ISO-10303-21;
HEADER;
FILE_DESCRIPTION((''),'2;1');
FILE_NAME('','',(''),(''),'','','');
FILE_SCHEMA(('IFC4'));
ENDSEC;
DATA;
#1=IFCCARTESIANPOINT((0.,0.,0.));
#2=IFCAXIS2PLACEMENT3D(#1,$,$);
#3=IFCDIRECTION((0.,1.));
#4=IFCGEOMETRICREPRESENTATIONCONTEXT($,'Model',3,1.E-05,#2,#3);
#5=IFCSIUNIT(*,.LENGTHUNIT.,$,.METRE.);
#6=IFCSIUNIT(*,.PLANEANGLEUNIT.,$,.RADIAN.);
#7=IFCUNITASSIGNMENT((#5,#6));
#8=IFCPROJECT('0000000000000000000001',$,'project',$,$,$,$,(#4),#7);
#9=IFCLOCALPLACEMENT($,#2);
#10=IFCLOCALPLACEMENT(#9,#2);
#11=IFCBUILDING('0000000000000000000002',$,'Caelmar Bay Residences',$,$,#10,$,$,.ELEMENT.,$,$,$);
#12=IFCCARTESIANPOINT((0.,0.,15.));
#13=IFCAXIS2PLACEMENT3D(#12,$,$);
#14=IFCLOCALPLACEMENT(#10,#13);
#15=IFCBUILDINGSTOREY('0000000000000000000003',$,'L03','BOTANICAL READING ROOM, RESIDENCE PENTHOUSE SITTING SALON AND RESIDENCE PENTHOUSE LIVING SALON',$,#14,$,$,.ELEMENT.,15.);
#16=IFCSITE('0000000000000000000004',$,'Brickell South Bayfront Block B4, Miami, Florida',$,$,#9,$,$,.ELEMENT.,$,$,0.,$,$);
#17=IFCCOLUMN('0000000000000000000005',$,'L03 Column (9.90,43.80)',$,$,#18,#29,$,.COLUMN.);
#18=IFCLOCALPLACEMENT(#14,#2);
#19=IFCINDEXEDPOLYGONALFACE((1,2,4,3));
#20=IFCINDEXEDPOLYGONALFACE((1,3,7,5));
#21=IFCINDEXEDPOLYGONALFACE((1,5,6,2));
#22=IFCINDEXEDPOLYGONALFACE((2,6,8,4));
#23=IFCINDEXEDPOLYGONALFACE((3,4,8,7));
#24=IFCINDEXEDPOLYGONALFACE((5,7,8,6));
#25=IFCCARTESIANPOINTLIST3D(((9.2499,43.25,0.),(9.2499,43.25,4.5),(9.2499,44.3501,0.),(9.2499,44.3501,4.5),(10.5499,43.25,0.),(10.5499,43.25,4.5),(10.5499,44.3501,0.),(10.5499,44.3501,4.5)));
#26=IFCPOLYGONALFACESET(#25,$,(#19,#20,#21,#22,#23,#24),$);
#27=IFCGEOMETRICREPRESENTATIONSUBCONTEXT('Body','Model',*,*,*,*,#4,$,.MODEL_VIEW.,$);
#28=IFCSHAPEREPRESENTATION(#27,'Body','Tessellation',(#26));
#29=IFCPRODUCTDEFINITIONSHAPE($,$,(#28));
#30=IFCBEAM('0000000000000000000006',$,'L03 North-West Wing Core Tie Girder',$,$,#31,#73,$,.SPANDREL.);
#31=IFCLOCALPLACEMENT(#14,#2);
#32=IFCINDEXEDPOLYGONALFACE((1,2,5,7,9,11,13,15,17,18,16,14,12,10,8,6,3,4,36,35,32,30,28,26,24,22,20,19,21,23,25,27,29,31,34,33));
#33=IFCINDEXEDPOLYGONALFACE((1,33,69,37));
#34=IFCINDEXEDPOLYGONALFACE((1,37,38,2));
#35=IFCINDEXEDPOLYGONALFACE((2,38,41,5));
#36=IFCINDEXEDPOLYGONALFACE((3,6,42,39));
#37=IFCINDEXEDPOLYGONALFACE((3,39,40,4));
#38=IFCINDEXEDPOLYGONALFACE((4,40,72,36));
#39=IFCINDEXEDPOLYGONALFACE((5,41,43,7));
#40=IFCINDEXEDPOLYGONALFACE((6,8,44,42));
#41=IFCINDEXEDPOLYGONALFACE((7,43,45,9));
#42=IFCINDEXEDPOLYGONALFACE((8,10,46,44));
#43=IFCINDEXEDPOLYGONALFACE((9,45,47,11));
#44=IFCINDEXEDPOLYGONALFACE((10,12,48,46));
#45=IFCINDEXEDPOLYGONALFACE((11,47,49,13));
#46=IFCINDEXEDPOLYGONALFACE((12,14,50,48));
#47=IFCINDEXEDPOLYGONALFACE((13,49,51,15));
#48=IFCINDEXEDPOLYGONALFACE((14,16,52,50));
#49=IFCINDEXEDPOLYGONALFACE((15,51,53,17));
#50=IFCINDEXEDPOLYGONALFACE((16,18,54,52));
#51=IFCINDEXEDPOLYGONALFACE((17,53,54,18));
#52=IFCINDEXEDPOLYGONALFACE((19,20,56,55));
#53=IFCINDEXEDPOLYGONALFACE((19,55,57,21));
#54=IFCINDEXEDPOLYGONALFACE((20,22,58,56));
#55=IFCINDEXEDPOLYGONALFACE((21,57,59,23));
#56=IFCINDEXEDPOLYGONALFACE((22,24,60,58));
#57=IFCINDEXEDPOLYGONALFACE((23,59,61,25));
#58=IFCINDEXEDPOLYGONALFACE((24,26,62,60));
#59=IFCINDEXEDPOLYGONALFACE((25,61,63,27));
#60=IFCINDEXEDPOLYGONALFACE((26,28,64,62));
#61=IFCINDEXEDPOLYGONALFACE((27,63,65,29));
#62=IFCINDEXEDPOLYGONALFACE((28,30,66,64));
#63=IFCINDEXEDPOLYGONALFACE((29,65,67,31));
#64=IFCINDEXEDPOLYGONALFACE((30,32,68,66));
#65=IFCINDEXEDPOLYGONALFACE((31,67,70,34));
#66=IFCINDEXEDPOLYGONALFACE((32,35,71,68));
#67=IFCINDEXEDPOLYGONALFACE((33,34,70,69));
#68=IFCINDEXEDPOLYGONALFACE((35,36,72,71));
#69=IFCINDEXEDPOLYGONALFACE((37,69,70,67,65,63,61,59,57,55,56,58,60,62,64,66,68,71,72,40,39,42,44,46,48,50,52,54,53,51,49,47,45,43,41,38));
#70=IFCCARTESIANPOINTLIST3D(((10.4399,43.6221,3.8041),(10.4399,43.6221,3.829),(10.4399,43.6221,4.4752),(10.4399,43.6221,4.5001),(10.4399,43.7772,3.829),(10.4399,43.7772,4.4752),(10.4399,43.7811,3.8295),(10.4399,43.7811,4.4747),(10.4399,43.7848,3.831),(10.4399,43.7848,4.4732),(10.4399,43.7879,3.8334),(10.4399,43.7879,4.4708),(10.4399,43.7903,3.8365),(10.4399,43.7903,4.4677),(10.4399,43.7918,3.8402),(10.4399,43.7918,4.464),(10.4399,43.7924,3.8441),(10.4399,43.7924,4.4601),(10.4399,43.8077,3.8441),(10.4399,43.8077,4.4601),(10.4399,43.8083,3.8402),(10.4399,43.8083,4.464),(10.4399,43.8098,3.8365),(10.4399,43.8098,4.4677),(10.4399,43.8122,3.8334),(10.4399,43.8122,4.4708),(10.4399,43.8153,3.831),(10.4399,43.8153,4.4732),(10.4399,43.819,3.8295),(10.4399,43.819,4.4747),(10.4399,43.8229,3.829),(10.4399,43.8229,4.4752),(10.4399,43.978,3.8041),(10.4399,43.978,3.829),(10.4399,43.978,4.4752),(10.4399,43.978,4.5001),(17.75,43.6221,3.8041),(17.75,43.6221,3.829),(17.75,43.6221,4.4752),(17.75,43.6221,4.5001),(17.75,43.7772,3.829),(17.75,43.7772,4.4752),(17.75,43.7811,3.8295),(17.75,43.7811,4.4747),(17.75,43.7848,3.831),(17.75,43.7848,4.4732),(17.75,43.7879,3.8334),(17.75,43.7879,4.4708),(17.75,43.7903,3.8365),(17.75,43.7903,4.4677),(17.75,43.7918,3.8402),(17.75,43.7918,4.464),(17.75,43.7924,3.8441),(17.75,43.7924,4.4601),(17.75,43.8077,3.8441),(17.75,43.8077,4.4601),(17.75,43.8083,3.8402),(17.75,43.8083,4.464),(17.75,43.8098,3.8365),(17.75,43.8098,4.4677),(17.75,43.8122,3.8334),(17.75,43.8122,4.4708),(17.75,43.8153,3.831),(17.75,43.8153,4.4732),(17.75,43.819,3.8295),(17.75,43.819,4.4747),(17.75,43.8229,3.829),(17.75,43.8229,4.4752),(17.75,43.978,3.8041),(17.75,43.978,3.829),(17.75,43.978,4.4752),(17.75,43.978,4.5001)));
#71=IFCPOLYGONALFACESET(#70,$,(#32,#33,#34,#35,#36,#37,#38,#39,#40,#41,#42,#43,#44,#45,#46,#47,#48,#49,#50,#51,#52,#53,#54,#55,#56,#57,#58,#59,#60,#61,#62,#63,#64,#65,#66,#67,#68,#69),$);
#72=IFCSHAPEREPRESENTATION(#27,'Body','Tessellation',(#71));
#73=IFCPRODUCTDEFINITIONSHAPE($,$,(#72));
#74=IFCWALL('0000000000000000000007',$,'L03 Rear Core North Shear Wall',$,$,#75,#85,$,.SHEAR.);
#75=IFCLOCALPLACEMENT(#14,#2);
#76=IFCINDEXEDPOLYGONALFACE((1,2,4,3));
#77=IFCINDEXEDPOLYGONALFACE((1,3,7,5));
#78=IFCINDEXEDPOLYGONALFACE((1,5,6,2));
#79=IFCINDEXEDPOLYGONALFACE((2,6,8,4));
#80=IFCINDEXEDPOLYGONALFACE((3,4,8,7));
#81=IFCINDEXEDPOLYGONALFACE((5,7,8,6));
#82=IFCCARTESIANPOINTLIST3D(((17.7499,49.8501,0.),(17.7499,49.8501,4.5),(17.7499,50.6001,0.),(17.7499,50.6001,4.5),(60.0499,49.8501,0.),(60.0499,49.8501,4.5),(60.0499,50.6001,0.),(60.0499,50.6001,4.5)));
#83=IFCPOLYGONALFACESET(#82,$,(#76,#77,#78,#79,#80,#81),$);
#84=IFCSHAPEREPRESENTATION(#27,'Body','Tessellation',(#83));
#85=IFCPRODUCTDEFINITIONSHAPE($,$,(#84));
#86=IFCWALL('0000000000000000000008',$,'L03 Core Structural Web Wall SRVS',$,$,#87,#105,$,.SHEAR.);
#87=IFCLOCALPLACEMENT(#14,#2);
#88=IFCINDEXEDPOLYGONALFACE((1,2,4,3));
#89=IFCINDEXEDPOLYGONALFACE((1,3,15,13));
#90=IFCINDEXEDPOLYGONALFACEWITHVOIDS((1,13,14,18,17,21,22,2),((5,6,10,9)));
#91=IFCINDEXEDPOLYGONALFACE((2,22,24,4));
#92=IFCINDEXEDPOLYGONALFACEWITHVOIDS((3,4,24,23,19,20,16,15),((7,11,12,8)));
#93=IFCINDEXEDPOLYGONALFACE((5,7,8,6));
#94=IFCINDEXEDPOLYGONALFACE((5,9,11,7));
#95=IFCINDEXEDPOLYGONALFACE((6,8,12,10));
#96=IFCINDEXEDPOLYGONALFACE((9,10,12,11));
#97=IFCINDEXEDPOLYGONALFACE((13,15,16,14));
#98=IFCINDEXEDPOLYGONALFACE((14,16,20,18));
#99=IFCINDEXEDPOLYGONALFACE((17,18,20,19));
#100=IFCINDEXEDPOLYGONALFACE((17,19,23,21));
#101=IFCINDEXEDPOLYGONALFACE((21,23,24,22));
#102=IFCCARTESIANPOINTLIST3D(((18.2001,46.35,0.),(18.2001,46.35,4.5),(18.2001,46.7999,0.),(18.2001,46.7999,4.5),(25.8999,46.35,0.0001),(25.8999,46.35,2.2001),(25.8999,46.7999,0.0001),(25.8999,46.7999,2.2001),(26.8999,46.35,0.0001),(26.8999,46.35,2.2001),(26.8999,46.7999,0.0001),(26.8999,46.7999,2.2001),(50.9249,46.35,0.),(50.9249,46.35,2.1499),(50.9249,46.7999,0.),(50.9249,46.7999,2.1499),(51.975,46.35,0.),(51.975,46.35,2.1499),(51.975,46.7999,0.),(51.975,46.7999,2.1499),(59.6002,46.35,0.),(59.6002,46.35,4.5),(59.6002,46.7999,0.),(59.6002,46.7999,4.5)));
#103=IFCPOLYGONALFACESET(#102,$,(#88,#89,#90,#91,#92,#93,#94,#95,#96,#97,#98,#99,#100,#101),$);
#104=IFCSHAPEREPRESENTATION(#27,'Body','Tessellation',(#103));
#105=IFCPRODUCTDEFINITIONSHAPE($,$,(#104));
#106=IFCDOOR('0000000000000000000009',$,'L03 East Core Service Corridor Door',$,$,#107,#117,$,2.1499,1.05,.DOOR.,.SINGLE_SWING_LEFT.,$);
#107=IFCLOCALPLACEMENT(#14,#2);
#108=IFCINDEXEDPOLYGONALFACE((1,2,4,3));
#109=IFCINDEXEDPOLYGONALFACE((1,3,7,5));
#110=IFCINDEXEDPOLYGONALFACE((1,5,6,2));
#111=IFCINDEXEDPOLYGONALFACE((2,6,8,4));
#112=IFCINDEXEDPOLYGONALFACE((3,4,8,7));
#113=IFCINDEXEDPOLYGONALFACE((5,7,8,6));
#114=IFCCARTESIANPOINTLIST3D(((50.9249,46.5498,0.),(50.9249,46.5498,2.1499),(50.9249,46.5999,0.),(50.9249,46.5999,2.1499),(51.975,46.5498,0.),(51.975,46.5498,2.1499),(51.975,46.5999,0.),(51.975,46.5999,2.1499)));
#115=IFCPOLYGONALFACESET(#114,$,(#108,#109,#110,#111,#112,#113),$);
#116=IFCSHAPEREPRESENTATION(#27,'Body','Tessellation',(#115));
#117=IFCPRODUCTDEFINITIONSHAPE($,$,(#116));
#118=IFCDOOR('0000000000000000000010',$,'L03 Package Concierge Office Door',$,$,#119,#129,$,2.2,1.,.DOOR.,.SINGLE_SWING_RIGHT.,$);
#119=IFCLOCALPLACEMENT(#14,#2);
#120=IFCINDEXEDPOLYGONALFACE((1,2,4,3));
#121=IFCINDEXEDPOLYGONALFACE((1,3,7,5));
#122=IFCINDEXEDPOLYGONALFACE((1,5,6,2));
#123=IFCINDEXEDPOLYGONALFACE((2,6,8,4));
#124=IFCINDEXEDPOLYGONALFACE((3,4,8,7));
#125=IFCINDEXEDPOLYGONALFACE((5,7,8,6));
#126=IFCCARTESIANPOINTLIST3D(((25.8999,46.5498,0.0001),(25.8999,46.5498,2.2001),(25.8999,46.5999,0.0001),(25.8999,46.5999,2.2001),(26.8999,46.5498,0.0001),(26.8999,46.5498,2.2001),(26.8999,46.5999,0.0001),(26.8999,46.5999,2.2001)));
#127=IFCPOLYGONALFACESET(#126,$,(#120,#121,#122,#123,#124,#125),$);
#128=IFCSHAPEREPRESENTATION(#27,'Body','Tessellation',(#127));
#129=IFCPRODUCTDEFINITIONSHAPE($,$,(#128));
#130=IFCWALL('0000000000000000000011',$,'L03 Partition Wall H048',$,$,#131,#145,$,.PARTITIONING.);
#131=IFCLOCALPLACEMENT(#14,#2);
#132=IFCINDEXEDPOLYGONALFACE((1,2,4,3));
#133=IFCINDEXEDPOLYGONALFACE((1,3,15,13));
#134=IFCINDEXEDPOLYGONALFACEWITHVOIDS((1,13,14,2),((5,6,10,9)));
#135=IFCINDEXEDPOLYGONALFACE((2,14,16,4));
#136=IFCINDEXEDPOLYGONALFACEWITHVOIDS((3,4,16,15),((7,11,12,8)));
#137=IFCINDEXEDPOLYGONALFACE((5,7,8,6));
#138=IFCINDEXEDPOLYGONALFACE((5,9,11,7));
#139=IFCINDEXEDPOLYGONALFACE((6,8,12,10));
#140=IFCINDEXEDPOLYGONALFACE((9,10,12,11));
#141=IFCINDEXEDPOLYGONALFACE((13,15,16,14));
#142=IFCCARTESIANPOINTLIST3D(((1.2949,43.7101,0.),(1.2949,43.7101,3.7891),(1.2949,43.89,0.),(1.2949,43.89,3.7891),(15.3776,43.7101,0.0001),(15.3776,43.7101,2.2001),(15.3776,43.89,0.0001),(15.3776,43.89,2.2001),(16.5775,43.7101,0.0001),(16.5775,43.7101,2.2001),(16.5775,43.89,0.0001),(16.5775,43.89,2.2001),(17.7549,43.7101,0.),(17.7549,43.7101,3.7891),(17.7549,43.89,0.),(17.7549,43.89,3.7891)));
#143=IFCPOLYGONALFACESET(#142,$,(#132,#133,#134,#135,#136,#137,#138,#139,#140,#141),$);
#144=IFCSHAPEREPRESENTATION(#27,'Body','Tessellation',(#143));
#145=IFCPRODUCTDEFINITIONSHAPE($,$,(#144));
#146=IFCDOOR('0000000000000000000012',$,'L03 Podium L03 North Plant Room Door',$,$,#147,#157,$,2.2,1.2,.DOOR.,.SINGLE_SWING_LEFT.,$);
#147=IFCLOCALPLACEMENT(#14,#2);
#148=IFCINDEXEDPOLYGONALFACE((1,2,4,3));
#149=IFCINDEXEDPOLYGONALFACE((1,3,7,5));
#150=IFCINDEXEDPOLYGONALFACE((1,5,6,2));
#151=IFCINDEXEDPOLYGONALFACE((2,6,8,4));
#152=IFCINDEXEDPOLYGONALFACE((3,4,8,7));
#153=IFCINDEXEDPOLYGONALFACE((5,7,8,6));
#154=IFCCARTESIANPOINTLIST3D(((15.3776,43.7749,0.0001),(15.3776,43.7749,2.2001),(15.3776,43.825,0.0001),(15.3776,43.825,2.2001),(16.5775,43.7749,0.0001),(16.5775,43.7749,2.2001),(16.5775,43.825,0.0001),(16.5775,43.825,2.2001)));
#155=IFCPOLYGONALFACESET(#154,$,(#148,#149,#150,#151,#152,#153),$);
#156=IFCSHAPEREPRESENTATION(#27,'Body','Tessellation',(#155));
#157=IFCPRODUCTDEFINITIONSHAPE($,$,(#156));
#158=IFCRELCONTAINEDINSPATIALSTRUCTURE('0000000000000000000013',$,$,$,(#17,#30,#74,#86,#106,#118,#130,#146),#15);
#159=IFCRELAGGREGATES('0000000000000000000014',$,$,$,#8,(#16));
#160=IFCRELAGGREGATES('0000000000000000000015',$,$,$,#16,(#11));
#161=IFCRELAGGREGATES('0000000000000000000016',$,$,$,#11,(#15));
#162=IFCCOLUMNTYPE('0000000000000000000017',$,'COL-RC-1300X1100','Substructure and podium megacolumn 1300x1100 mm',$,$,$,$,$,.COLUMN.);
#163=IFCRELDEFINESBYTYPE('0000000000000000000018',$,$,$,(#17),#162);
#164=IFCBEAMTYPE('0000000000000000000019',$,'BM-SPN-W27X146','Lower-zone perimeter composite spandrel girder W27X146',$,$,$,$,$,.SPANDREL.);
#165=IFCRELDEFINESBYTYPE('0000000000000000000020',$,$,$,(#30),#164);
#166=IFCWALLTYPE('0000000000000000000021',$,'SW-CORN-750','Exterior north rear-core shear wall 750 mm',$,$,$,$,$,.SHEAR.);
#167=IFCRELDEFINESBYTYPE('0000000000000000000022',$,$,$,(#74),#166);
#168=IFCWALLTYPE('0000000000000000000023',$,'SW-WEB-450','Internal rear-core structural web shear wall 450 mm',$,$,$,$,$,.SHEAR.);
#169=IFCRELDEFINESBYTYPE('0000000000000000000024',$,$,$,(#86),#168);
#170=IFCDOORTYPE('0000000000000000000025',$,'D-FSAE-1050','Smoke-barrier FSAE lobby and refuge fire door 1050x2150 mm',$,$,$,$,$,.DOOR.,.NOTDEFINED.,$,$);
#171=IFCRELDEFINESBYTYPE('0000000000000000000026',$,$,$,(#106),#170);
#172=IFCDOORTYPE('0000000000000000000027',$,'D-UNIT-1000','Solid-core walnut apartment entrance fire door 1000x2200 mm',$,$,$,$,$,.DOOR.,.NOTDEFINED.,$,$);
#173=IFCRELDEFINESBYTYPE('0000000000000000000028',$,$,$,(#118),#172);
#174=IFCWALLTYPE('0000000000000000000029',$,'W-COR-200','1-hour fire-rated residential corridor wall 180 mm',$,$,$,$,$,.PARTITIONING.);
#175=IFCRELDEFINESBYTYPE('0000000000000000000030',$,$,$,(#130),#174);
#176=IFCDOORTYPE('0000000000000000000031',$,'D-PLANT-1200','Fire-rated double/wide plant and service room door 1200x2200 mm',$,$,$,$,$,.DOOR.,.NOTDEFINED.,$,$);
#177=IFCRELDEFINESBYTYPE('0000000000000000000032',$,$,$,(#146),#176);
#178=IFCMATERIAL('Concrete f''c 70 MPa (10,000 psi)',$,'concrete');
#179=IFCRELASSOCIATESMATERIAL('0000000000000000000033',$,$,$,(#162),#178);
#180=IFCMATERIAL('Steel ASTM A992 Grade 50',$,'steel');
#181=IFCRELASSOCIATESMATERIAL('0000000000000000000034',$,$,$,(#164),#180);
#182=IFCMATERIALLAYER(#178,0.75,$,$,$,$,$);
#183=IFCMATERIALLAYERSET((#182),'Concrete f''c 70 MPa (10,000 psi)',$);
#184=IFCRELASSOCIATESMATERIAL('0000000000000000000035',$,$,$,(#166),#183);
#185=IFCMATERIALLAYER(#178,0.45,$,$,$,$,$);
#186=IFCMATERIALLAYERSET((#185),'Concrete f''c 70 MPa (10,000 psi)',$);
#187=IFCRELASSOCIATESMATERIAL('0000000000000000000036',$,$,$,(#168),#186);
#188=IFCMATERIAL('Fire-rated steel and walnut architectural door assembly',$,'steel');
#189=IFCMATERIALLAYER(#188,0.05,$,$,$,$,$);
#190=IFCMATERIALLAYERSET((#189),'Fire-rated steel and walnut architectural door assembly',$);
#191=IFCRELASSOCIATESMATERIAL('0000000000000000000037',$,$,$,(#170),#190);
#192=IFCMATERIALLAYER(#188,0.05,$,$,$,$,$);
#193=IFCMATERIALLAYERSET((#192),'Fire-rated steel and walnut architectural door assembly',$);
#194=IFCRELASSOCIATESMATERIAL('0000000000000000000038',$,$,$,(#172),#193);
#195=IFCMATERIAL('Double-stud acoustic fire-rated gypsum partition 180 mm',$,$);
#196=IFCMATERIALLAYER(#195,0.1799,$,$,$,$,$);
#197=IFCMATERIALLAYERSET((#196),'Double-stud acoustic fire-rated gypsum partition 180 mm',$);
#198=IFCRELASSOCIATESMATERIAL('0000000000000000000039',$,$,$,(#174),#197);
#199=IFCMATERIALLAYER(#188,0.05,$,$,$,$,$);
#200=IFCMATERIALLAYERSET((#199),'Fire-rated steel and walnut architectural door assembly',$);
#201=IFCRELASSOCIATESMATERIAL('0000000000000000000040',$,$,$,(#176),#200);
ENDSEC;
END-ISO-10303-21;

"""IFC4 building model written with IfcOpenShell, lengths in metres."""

from ifc_helpers import new_model, si_unit, direction, frame, frame_2d, origin, origin_2d, place, context, subcontext, project, spatial, rectangle, i_section, extrude, material, layer, layer_set, material_profile, profile_set, type_object, element, fill, save


model = new_model("IFC4")

# Units and contexts
model_context = context("Model", 3, precision=1e-05, world=origin(), true_north=direction((0.0, 1.0)))
body_context = subcontext(model_context, "Body", "Model", "MODEL_VIEW")
ifc_project = project(units=[si_unit("LENGTHUNIT", "METRE"), si_unit("PLANEANGLEUNIT", "RADIAN")], contexts=[model_context])

# Site, building, storey
site_placement = place(None, origin())
site = spatial("IfcSite", under=ifc_project, at=site_placement, Name="Brickell South Bayfront Block B4, Miami, Florida", CompositionType="ELEMENT", RefElevation=0.0)
building_placement = place(site_placement, origin())
building = spatial("IfcBuilding", under=site, at=building_placement, Name="Caelmar Bay Residences", CompositionType="ELEMENT")
storey_placement = place(building_placement, frame((0.0, 0.0, 15.0)))
storey = spatial("IfcBuildingStorey", under=building, at=storey_placement, Name="L03", Description="BOTANICAL READING ROOM, RESIDENCE PENTHOUSE SITTING SALON AND RESIDENCE PENTHOUSE LIVING SALON", CompositionType="ELEMENT", Elevation=15.0)

# Column
ifc_material_1 = material(Name="Concrete f'c 70 MPa (10,000 psi)", Category="concrete")
ifc_material_profile_1 = material_profile(ifc_material_1, rectangle(XDim=1.3, YDim=1.1001, at=origin_2d()), Name="RC-COL-1300X1100")
ifc_profile_set_1 = profile_set([ifc_material_profile_1], Name="Concrete f'c 70 MPa (10,000 psi)")
column_type = type_object("IfcColumnType", Name="COL-RC-1300X1100", Description="Substructure and podium megacolumn 1300x1100 mm", PredefinedType="COLUMN", material=ifc_profile_set_1)
column_placement = place(storey_placement, frame((9.8999, 43.8, 0.0), z_axis=(0.0, 0.0, 1.0), x_axis=(1.0, 0.0, 0.0)))
element("IfcColumn", 1, at=column_placement, inside=storey, type_object=column_type, Name="L03 Column (9.90,43.80)", PredefinedType="COLUMN", context=body_context, shape_type="SweptSolid", body=[
    extrude(rectangle(XDim=1.3, YDim=1.1001, at=origin_2d()), origin(), (0.0, 0.0, 1.0), 4.5),
])

# Beam
ifc_material_2 = material(Name="Steel ASTM A992 Grade 50", Category="steel")
ifc_material_profile_2 = material_profile(ifc_material_2, i_section(OverallWidth=0.356, OverallDepth=0.696, WebThickness=0.0154, FlangeThickness=0.0249, FilletRadius=0.0151, at=origin_2d()), Name="W27X146")
ifc_profile_set_2 = profile_set([ifc_material_profile_2], Name="Steel ASTM A992 Grade 50")
beam_type = type_object("IfcBeamType", Name="BM-SPN-W27X146", Description="Lower-zone perimeter composite spandrel girder W27X146", PredefinedType="SPANDREL", material=ifc_profile_set_2)
beam_placement = place(storey_placement, frame((10.4399, 43.8, 4.1521), z_axis=(1.0, 0.0, 0.0), x_axis=(0.0, 1.0, 0.0)))
element("IfcBeam", 2, at=beam_placement, inside=storey, type_object=beam_type, Name="L03 North-West Wing Core Tie Girder", PredefinedType="SPANDREL", context=body_context, shape_type="SweptSolid", body=[
    extrude(i_section(OverallWidth=0.356, OverallDepth=0.696, WebThickness=0.0154, FlangeThickness=0.0249, FilletRadius=0.0151, at=origin_2d()), origin(), (0.0, 0.0, 1.0), 7.3101),
])

# Wall
ifc_layer_1 = layer(ifc_material_1, 0.75)
ifc_layer_set_1 = layer_set([ifc_layer_1], Name="Concrete f'c 70 MPa (10,000 psi)")
wall_type_1 = type_object("IfcWallType", Name="SW-CORN-750", Description="Exterior north rear-core shear wall 750 mm", PredefinedType="SHEAR", material=ifc_layer_set_1)
wall_1_placement = place(storey_placement, frame((17.75, 50.2251, 0.0), z_axis=(0.0, 0.0, 1.0), x_axis=(1.0, 0.0, 0.0)))
element("IfcWall", 3, at=wall_1_placement, inside=storey, type_object=wall_type_1, Name="L03 Rear Core North Shear Wall", PredefinedType="SHEAR", context=body_context, shape_type="SweptSolid", body=[
    extrude(rectangle(XDim=42.3, YDim=0.75, at=frame_2d((21.1499, 0.0))), origin(), (0.0, 0.0, 1.0), 4.5),
])

# Wall, openings, doors
ifc_layer_2 = layer(ifc_material_1, 0.45)
ifc_layer_set_2 = layer_set([ifc_layer_2], Name="Concrete f'c 70 MPa (10,000 psi)")
wall_type_2 = type_object("IfcWallType", Name="SW-WEB-450", Description="Internal rear-core structural web shear wall 450 mm", PredefinedType="SHEAR", material=ifc_layer_set_2)
wall_2_placement = place(storey_placement, frame((18.2, 46.575, 0.0), z_axis=(0.0, 0.0, 1.0), x_axis=(1.0, 0.0, 0.0)))
wall_2 = element("IfcWall", 4, at=wall_2_placement, inside=storey, type_object=wall_type_2, Name="L03 Core Structural Web Wall SRVS", PredefinedType="SHEAR", context=body_context, shape_type="SweptSolid", body=[
    extrude(rectangle(XDim=41.4001, YDim=0.45, at=frame_2d((20.7002, 0.0))), origin(), (0.0, 0.0, 1.0), 4.5),
])
opening_1_placement = place(wall_2_placement, frame((7.7, 0.0, 0.0)))
opening_1 = element("IfcOpeningElement", 5, at=opening_1_placement, cuts=wall_2, PredefinedType="OPENING", context=body_context, shape_type="SweptSolid", body=[
    extrude(rectangle(XDim=1.0, YDim=2.2, at=frame_2d((0.5, 1.1001))), frame((0.0, 0.2349, 0.0), z_axis=(0.0, -1.0, 0.0), x_axis=(1.0, 0.0, 0.0)), (0.0, 0.0, 1.0), 0.47),
])
opening_2_placement = place(wall_2_placement, frame((32.7251, 0.0, 0.0)))
opening_2 = element("IfcOpeningElement", 6, at=opening_2_placement, cuts=wall_2, PredefinedType="OPENING", context=body_context, shape_type="SweptSolid", body=[
    extrude(rectangle(XDim=1.05, YDim=2.1499, at=frame_2d((0.5249, 1.075))), frame((0.0, 0.2349, 0.0), z_axis=(0.0, -1.0, 0.0), x_axis=(1.0, 0.0, 0.0)), (0.0, 0.0, 1.0), 0.47),
])
ifc_material_3 = material(Name="Fire-rated steel and walnut architectural door assembly", Category="steel")
ifc_layer_3 = layer(ifc_material_3, 0.05)
ifc_layer_set_3 = layer_set([ifc_layer_3], Name="Fire-rated steel and walnut architectural door assembly")
door_type_1 = type_object("IfcDoorType", Name="D-FSAE-1050", Description="Smoke-barrier FSAE lobby and refuge fire door 1050x2150 mm", OperationType="NOTDEFINED", PredefinedType="DOOR", material=ifc_layer_set_3)
door_1_placement = place(opening_2_placement, origin())
door_1 = element("IfcDoor", 7, at=door_1_placement, inside=storey, type_object=door_type_1, Name="L03 East Core Service Corridor Door", OperationType="SINGLE_SWING_LEFT", OverallHeight=2.1499, OverallWidth=1.05, PredefinedType="DOOR", context=body_context, shape_type="SweptSolid", body=[
    extrude(rectangle(XDim=1.05, YDim=2.1499, at=frame_2d((0.5249, 1.075))), frame((0.0, 0.0249, 0.0), z_axis=(0.0, -1.0, 0.0), x_axis=(1.0, 0.0, 0.0)), (0.0, 0.0, 1.0), 0.05),
])
fill(opening_2, door_1)
ifc_layer_4 = layer(ifc_material_3, 0.05)
ifc_layer_set_4 = layer_set([ifc_layer_4], Name="Fire-rated steel and walnut architectural door assembly")
door_type_2 = type_object("IfcDoorType", Name="D-UNIT-1000", Description="Solid-core walnut apartment entrance fire door 1000x2200 mm", OperationType="NOTDEFINED", PredefinedType="DOOR", material=ifc_layer_set_4)
door_2_placement = place(opening_1_placement, origin())
door_2 = element("IfcDoor", 8, at=door_2_placement, inside=storey, type_object=door_type_2, Name="L03 Package Concierge Office Door", OperationType="SINGLE_SWING_RIGHT", OverallHeight=2.2, OverallWidth=1.0, PredefinedType="DOOR", context=body_context, shape_type="SweptSolid", body=[
    extrude(rectangle(XDim=1.0, YDim=2.2, at=frame_2d((0.5, 1.1001))), frame((0.0, 0.0249, 0.0), z_axis=(0.0, -1.0, 0.0), x_axis=(1.0, 0.0, 0.0)), (0.0, 0.0, 1.0), 0.05),
])
fill(opening_1, door_2)

# Wall, opening, door
ifc_material_4 = material(Name="Double-stud acoustic fire-rated gypsum partition 180 mm")
ifc_layer_5 = layer(ifc_material_4, 0.1799)
ifc_layer_set_5 = layer_set([ifc_layer_5], Name="Double-stud acoustic fire-rated gypsum partition 180 mm")
wall_type_3 = type_object("IfcWallType", Name="W-COR-200", Description="1-hour fire-rated residential corridor wall 180 mm", PredefinedType="PARTITIONING", material=ifc_layer_set_5)
wall_3_placement = place(storey_placement, frame((1.2949, 43.8, 0.0), z_axis=(0.0, 0.0, 1.0), x_axis=(1.0, 0.0, 0.0)))
wall_3 = element("IfcWall", 9, at=wall_3_placement, inside=storey, type_object=wall_type_3, Name="L03 Partition Wall H048", PredefinedType="PARTITIONING", context=body_context, shape_type="SweptSolid", body=[
    extrude(rectangle(XDim=16.46, YDim=0.1799, at=frame_2d((8.23, 0.0))), origin(), (0.0, 0.0, 1.0), 3.7891),
])
opening_3_placement = place(wall_3_placement, frame((14.0825, 0.0, 0.0)))
opening_3 = element("IfcOpeningElement", 10, at=opening_3_placement, cuts=wall_3, PredefinedType="OPENING", context=body_context, shape_type="SweptSolid", body=[
    extrude(rectangle(XDim=1.2, YDim=2.2, at=frame_2d((0.6001, 1.1001))), frame((0.0, 0.0999, 0.0), z_axis=(0.0, -1.0, 0.0), x_axis=(1.0, 0.0, 0.0)), (0.0, 0.0, 1.0), 0.2),
])
ifc_layer_6 = layer(ifc_material_3, 0.05)
ifc_layer_set_6 = layer_set([ifc_layer_6], Name="Fire-rated steel and walnut architectural door assembly")
door_type_3 = type_object("IfcDoorType", Name="D-PLANT-1200", Description="Fire-rated double/wide plant and service room door 1200x2200 mm", OperationType="NOTDEFINED", PredefinedType="DOOR", material=ifc_layer_set_6)
door_3_placement = place(opening_3_placement, origin())
door_3 = element("IfcDoor", 11, at=door_3_placement, inside=storey, type_object=door_type_3, Name="L03 Podium L03 North Plant Room Door", OperationType="SINGLE_SWING_LEFT", OverallHeight=2.2, OverallWidth=1.2, PredefinedType="DOOR", context=body_context, shape_type="SweptSolid", body=[
    extrude(rectangle(XDim=1.2, YDim=2.2, at=frame_2d((0.6001, 1.1001))), frame((0.0, 0.0249, 0.0), z_axis=(0.0, -1.0, 0.0), x_axis=(1.0, 0.0, 0.0)), (0.0, 0.0, 1.0), 0.05),
])
fill(opening_3, door_3)

save(model, "model.ifc")
